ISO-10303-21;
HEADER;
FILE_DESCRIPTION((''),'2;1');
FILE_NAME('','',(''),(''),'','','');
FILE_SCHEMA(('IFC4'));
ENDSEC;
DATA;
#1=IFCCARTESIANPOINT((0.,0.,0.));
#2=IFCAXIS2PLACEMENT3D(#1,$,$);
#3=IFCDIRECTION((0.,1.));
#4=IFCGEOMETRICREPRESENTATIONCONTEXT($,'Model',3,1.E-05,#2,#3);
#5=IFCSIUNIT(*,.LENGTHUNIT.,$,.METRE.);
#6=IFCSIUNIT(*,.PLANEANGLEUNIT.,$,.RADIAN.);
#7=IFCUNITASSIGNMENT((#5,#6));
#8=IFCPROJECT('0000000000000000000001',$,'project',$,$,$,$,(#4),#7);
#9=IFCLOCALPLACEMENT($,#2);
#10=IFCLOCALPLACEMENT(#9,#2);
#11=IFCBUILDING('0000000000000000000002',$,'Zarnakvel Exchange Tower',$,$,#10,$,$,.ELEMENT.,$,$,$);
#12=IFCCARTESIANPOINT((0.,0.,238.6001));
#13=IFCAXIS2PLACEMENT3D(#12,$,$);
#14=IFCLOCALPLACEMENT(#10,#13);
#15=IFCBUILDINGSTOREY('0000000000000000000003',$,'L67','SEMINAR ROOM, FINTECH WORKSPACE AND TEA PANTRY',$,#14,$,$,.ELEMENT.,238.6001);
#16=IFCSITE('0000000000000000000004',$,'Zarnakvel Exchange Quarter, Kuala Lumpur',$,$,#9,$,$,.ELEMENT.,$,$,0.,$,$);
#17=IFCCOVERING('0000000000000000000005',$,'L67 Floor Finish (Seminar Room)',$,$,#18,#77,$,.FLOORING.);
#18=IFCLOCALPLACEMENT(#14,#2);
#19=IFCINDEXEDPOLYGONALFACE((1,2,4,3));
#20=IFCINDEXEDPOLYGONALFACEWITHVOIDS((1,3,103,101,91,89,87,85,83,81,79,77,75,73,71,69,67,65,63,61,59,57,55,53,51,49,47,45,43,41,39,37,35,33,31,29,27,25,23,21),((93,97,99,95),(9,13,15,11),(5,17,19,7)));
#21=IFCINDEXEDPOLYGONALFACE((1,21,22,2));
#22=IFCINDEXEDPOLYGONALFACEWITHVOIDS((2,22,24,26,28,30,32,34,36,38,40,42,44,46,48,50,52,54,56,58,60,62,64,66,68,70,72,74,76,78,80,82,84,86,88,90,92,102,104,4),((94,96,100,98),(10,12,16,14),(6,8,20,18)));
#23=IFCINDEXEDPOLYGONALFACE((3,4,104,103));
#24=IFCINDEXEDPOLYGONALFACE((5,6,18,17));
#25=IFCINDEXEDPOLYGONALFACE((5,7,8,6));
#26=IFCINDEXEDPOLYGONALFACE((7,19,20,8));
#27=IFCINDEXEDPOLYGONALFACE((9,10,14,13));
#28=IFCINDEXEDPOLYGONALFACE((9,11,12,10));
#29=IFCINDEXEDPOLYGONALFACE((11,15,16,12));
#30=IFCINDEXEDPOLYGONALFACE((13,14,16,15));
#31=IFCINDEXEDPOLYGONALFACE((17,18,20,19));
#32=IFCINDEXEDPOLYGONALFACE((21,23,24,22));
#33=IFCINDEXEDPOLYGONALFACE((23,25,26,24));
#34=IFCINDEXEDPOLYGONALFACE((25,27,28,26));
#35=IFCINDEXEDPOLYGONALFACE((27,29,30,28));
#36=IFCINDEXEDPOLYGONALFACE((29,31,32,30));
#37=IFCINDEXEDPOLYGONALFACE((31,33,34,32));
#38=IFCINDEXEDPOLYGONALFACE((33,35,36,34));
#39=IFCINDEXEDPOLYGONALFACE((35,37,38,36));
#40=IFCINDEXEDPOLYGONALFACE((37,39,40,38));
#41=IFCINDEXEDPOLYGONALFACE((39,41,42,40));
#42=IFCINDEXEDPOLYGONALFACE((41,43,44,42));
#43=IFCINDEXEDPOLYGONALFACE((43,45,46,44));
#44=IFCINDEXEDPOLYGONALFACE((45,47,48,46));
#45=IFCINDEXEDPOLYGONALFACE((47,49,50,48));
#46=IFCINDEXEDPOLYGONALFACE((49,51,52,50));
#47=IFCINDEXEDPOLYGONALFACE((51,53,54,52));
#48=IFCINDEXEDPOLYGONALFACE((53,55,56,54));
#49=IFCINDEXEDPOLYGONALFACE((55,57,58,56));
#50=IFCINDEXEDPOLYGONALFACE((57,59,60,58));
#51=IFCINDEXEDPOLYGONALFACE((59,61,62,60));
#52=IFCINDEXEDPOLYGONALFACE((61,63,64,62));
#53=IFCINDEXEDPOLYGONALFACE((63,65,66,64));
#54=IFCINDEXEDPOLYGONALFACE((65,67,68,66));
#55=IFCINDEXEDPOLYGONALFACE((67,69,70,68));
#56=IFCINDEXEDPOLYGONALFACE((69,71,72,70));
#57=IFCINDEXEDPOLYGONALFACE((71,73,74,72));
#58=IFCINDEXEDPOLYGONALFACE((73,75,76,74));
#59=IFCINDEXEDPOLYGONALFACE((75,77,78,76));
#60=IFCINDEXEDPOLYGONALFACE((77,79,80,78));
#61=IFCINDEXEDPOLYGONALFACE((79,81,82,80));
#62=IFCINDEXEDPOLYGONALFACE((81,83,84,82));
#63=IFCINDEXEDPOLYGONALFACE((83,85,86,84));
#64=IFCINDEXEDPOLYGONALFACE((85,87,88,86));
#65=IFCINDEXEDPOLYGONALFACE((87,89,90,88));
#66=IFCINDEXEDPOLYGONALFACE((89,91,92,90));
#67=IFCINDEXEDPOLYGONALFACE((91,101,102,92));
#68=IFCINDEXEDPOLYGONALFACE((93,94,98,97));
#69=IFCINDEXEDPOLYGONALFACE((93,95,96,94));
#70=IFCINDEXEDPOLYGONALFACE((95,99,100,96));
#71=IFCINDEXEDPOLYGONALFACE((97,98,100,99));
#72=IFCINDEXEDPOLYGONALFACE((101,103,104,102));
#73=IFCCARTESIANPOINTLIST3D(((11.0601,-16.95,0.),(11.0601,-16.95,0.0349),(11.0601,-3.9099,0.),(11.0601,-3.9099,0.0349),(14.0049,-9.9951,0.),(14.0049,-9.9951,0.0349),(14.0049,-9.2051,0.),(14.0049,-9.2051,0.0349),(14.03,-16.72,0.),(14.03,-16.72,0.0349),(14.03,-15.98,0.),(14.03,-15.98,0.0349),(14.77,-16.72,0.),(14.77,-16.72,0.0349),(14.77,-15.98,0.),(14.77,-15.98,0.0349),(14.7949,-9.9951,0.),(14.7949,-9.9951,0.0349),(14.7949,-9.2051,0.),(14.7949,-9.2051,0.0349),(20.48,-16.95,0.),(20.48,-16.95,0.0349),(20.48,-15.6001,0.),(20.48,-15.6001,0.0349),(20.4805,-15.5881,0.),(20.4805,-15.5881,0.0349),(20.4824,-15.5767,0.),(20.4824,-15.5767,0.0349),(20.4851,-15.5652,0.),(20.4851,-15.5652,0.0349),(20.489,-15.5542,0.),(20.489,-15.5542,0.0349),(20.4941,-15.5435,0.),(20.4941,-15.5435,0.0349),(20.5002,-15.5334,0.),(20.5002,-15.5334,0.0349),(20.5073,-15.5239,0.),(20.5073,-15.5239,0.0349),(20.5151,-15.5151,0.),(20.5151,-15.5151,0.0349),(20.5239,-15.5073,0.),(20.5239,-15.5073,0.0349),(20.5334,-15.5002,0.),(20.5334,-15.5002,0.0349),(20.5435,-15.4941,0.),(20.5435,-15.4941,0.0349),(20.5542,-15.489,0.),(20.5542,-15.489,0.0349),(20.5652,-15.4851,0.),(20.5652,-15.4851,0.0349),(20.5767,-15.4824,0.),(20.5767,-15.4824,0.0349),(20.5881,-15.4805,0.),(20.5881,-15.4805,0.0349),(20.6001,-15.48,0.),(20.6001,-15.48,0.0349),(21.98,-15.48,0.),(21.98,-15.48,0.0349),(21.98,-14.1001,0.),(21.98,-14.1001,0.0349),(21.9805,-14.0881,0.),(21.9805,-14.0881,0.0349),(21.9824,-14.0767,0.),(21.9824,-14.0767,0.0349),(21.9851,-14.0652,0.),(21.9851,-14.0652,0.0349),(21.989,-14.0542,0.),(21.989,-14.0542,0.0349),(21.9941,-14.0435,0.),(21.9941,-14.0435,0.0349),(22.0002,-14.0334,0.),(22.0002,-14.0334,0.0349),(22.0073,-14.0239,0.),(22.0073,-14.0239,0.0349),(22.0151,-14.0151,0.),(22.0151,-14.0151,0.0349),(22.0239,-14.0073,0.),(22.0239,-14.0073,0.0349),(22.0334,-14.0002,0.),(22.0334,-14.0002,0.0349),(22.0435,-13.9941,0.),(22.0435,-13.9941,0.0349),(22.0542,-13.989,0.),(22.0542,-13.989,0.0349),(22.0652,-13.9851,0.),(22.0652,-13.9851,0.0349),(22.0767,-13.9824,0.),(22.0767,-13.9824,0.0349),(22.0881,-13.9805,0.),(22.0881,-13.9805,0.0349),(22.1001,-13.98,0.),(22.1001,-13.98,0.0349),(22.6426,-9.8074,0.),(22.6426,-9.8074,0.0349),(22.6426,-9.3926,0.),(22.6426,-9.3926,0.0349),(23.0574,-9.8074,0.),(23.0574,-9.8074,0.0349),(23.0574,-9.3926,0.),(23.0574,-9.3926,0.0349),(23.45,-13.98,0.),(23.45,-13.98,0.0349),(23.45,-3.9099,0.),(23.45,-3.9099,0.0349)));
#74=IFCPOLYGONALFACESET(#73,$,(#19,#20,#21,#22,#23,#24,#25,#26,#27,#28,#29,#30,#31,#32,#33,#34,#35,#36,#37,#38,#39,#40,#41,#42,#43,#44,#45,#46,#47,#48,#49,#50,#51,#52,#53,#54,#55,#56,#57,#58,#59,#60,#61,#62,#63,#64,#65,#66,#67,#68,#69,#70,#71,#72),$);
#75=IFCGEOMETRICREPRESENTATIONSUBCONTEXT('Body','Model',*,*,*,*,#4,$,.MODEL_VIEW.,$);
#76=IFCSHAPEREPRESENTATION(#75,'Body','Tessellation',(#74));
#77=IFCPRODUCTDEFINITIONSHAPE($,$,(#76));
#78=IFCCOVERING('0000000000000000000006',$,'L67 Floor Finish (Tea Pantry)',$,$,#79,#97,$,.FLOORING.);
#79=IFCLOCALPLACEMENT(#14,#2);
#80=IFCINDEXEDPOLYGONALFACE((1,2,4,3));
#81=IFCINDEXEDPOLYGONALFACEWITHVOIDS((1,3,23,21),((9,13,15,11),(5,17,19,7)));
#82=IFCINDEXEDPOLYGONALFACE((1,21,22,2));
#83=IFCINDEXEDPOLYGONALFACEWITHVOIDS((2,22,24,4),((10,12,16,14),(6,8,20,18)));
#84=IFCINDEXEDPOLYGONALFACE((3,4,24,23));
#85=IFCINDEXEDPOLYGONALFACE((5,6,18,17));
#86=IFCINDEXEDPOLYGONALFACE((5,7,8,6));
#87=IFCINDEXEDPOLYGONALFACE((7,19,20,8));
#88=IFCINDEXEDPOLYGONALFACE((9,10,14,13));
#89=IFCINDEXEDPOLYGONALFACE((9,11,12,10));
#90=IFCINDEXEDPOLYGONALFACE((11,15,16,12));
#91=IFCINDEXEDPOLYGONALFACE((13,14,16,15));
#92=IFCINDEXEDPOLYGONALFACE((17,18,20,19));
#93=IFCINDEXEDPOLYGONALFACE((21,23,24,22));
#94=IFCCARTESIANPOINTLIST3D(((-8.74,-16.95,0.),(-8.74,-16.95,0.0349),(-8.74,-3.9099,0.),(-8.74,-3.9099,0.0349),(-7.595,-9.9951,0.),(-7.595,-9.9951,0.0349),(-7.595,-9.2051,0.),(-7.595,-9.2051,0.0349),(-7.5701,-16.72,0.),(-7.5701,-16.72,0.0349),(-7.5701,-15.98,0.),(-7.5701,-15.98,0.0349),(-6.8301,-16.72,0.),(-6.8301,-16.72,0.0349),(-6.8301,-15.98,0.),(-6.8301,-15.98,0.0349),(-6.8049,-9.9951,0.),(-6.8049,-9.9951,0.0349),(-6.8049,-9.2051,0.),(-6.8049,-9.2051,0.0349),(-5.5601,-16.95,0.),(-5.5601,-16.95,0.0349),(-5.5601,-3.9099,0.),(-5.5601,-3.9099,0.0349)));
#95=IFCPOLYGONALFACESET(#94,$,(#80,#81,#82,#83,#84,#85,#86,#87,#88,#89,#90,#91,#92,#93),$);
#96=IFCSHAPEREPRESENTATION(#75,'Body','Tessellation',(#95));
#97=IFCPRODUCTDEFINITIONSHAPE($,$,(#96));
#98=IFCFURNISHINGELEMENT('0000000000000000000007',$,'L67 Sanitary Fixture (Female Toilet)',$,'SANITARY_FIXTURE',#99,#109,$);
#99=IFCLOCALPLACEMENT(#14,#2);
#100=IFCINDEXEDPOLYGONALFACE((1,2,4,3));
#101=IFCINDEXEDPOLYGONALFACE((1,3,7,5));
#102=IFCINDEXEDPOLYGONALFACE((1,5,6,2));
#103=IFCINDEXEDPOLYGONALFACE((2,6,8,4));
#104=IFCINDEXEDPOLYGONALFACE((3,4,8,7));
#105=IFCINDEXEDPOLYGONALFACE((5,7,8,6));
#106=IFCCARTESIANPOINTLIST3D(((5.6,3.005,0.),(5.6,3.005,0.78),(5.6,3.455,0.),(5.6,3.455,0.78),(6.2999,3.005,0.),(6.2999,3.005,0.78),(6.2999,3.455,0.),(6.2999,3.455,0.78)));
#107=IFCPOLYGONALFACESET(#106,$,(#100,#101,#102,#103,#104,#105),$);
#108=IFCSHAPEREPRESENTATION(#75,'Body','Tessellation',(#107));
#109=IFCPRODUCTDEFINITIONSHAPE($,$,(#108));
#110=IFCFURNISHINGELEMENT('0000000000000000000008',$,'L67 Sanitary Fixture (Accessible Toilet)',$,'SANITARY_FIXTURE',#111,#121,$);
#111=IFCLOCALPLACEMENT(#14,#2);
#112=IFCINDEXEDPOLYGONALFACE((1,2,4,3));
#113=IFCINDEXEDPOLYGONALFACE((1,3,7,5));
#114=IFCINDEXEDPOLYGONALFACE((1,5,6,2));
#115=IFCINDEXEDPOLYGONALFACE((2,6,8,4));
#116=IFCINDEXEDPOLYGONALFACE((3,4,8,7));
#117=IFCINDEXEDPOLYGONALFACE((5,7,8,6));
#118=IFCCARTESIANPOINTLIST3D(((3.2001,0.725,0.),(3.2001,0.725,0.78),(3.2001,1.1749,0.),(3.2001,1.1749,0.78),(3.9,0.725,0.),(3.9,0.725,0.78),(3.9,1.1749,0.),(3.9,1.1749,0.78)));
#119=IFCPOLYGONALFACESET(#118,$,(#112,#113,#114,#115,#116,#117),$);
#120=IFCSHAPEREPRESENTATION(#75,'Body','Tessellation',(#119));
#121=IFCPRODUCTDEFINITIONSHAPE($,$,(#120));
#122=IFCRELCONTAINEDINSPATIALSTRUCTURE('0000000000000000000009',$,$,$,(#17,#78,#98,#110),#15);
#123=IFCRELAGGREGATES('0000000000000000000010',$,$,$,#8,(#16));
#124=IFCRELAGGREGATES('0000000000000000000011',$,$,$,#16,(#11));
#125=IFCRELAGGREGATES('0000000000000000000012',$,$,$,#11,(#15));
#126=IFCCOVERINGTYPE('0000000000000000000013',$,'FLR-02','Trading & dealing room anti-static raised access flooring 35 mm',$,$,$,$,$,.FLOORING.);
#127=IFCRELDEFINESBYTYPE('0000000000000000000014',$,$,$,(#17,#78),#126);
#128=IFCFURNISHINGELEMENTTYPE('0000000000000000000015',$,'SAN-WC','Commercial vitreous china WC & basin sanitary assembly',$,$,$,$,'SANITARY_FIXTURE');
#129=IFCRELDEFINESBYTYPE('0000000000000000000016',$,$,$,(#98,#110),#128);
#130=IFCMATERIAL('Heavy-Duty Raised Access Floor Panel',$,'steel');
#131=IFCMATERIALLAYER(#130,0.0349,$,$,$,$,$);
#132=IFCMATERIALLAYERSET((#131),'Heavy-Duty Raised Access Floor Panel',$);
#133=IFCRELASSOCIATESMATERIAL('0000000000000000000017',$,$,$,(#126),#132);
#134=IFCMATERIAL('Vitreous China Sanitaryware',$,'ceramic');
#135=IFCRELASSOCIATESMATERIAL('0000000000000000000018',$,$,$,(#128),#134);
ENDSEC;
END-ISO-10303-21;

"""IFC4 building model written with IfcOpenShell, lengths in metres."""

from ifc_helpers import new_model, si_unit, direction, frame, origin, origin_2d, place, context, subcontext, project, spatial, polyline, rectangle, outline, extrude, source, transform, mapped, material, layer, layer_set, type_object, element, save


model = new_model("IFC4")

# Units and contexts
model_context = context("Model", 3, precision=1e-05, world=origin(), true_north=direction((0.0, 1.0)))
body_context = subcontext(model_context, "Body", "Model", "MODEL_VIEW")
ifc_project = project(units=[si_unit("LENGTHUNIT", "METRE"), si_unit("PLANEANGLEUNIT", "RADIAN")], contexts=[model_context])

# Site, building, storey
site_placement = place(None, origin())
site = spatial("IfcSite", under=ifc_project, at=site_placement, Name="Zarnakvel Exchange Quarter, Kuala Lumpur", CompositionType="ELEMENT", RefElevation=0.0)
building_placement = place(site_placement, origin())
building = spatial("IfcBuilding", under=site, at=building_placement, Name="Zarnakvel Exchange Tower", CompositionType="ELEMENT")
storey_placement = place(building_placement, frame((0.0, 0.0, 238.6001)))
storey = spatial("IfcBuildingStorey", under=building, at=storey_placement, Name="L67", Description="SEMINAR ROOM, FINTECH WORKSPACE AND TEA PANTRY", CompositionType="ELEMENT", Elevation=238.6001)

# Coverings
ifc_material_1 = material(Name="Heavy-Duty Raised Access Floor Panel", Category="steel")
ifc_layer_1 = layer(ifc_material_1, 0.0349)
ifc_layer_set_1 = layer_set([ifc_layer_1], Name="Heavy-Duty Raised Access Floor Panel")
covering_type_1 = type_object("IfcCoveringType", Name="FLR-02", Description="Trading & dealing room anti-static raised access flooring 35 mm", PredefinedType="FLOORING", material=ifc_layer_set_1)
covering_1_placement = place(storey_placement, origin())
element("IfcCovering", 1, at=covering_1_placement, inside=storey, type_object=covering_type_1, Name="L67 Floor Finish (Seminar Room)", PredefinedType="FLOORING", context=body_context, shape_type="SweptSolid", body=[
    extrude(outline(polyline([(11.0601, -3.9099), (23.45, -3.9099), (23.45, -13.98), (22.1001, -13.98), (22.0881, -13.9805), (22.0767, -13.9824), (22.0652, -13.9851), (22.0542, -13.989), (22.0435, -13.9941), (22.0334, -14.0002), (22.0239, -14.0073), (22.0151, -14.0151), (22.0073, -14.0239), (22.0002, -14.0334), (21.9941, -14.0435), (21.989, -14.0542), (21.9851, -14.0652), (21.9824, -14.0767), (21.9805, -14.0881), (21.98, -14.1001), (21.98, -15.48), (20.6001, -15.48), (20.5881, -15.4805), (20.5767, -15.4824), (20.5652, -15.4851), (20.5542, -15.489), (20.5435, -15.4941), (20.5334, -15.5002), (20.5239, -15.5073), (20.5151, -15.5151), (20.5073, -15.5239), (20.5002, -15.5334), (20.4941, -15.5435), (20.489, -15.5542), (20.4851, -15.5652), (20.4824, -15.5767), (20.4805, -15.5881), (20.48, -15.6001), (20.48, -16.95), (11.0601, -16.95), (11.0601, -3.9099)]), holes=[polyline([(23.0574, -9.8074), (23.0574, -9.3926), (22.6426, -9.3926), (22.6426, -9.8074), (23.0574, -9.8074)]), polyline([(14.7949, -9.9951), (14.7949, -9.2051), (14.0049, -9.2051), (14.0049, -9.9951), (14.7949, -9.9951)]), polyline([(14.77, -16.72), (14.77, -15.98), (14.03, -15.98), (14.03, -16.72), (14.77, -16.72)])]), origin(), (0.0, 0.0, 1.0), 0.0349),
])
covering_2_placement = place(storey_placement, origin())
element("IfcCovering", 2, at=covering_2_placement, inside=storey, type_object=covering_type_1, Name="L67 Floor Finish (Tea Pantry)", PredefinedType="FLOORING", context=body_context, shape_type="SweptSolid", body=[
    extrude(outline(polyline([(-8.74, -3.9099), (-5.5601, -3.9099), (-5.5601, -16.95), (-8.74, -16.95), (-8.74, -3.9099)]), holes=[polyline([(-6.8049, -9.9951), (-6.8049, -9.2051), (-7.595, -9.2051), (-7.595, -9.9951), (-6.8049, -9.9951)]), polyline([(-6.8301, -16.72), (-6.8301, -15.98), (-7.5701, -15.98), (-7.5701, -16.72), (-6.8301, -16.72)])]), origin(), (0.0, 0.0, 1.0), 0.0349),
])

# Furnishing elements
ifc_material_2 = material(Name="Vitreous China Sanitaryware", Category="ceramic")
furnishing_element_type = type_object("IfcFurnishingElementType", Name="SAN-WC", Description="Commercial vitreous china WC & basin sanitary assembly", ElementType="SANITARY_FIXTURE", material=ifc_material_2)
shared_shape_1 = source(origin(), body_context, "Body", "SweptSolid", [
    extrude(rectangle(XDim=0.7, YDim=0.45, at=origin_2d()), origin(), (0.0, 0.0, 1.0), 0.78),
])
for number, where, z_axis, x_axis, name in (
    (3, (5.95, 3.23, 0.0), (0.0, 0.0, 1.0), (1.0, 0.0, 0.0), "L67 Sanitary Fixture (Female Toilet)"),
    (4, (3.55, 0.95, 0.0), (0.0, 0.0, 1.0), (1.0, 0.0, 0.0), "L67 Sanitary Fixture (Accessible Toilet)"),
):
    element("IfcFurnishingElement", number, at=place(storey_placement, frame(where, z_axis=z_axis, x_axis=x_axis)), inside=storey, type_object=furnishing_element_type, Name=name, ObjectType="SANITARY_FIXTURE", context=body_context, shape_type="MappedRepresentation", body=[
        mapped(shared_shape_1, transform((0.0, 0.0, 0.0), x_axis=(1.0, 0.0, 0.0), y_axis=(0.0, 1.0, 0.0), z_axis=(0.0, 0.0, 1.0), scale=1.0)),
    ])

save(model, "model.ifc")
